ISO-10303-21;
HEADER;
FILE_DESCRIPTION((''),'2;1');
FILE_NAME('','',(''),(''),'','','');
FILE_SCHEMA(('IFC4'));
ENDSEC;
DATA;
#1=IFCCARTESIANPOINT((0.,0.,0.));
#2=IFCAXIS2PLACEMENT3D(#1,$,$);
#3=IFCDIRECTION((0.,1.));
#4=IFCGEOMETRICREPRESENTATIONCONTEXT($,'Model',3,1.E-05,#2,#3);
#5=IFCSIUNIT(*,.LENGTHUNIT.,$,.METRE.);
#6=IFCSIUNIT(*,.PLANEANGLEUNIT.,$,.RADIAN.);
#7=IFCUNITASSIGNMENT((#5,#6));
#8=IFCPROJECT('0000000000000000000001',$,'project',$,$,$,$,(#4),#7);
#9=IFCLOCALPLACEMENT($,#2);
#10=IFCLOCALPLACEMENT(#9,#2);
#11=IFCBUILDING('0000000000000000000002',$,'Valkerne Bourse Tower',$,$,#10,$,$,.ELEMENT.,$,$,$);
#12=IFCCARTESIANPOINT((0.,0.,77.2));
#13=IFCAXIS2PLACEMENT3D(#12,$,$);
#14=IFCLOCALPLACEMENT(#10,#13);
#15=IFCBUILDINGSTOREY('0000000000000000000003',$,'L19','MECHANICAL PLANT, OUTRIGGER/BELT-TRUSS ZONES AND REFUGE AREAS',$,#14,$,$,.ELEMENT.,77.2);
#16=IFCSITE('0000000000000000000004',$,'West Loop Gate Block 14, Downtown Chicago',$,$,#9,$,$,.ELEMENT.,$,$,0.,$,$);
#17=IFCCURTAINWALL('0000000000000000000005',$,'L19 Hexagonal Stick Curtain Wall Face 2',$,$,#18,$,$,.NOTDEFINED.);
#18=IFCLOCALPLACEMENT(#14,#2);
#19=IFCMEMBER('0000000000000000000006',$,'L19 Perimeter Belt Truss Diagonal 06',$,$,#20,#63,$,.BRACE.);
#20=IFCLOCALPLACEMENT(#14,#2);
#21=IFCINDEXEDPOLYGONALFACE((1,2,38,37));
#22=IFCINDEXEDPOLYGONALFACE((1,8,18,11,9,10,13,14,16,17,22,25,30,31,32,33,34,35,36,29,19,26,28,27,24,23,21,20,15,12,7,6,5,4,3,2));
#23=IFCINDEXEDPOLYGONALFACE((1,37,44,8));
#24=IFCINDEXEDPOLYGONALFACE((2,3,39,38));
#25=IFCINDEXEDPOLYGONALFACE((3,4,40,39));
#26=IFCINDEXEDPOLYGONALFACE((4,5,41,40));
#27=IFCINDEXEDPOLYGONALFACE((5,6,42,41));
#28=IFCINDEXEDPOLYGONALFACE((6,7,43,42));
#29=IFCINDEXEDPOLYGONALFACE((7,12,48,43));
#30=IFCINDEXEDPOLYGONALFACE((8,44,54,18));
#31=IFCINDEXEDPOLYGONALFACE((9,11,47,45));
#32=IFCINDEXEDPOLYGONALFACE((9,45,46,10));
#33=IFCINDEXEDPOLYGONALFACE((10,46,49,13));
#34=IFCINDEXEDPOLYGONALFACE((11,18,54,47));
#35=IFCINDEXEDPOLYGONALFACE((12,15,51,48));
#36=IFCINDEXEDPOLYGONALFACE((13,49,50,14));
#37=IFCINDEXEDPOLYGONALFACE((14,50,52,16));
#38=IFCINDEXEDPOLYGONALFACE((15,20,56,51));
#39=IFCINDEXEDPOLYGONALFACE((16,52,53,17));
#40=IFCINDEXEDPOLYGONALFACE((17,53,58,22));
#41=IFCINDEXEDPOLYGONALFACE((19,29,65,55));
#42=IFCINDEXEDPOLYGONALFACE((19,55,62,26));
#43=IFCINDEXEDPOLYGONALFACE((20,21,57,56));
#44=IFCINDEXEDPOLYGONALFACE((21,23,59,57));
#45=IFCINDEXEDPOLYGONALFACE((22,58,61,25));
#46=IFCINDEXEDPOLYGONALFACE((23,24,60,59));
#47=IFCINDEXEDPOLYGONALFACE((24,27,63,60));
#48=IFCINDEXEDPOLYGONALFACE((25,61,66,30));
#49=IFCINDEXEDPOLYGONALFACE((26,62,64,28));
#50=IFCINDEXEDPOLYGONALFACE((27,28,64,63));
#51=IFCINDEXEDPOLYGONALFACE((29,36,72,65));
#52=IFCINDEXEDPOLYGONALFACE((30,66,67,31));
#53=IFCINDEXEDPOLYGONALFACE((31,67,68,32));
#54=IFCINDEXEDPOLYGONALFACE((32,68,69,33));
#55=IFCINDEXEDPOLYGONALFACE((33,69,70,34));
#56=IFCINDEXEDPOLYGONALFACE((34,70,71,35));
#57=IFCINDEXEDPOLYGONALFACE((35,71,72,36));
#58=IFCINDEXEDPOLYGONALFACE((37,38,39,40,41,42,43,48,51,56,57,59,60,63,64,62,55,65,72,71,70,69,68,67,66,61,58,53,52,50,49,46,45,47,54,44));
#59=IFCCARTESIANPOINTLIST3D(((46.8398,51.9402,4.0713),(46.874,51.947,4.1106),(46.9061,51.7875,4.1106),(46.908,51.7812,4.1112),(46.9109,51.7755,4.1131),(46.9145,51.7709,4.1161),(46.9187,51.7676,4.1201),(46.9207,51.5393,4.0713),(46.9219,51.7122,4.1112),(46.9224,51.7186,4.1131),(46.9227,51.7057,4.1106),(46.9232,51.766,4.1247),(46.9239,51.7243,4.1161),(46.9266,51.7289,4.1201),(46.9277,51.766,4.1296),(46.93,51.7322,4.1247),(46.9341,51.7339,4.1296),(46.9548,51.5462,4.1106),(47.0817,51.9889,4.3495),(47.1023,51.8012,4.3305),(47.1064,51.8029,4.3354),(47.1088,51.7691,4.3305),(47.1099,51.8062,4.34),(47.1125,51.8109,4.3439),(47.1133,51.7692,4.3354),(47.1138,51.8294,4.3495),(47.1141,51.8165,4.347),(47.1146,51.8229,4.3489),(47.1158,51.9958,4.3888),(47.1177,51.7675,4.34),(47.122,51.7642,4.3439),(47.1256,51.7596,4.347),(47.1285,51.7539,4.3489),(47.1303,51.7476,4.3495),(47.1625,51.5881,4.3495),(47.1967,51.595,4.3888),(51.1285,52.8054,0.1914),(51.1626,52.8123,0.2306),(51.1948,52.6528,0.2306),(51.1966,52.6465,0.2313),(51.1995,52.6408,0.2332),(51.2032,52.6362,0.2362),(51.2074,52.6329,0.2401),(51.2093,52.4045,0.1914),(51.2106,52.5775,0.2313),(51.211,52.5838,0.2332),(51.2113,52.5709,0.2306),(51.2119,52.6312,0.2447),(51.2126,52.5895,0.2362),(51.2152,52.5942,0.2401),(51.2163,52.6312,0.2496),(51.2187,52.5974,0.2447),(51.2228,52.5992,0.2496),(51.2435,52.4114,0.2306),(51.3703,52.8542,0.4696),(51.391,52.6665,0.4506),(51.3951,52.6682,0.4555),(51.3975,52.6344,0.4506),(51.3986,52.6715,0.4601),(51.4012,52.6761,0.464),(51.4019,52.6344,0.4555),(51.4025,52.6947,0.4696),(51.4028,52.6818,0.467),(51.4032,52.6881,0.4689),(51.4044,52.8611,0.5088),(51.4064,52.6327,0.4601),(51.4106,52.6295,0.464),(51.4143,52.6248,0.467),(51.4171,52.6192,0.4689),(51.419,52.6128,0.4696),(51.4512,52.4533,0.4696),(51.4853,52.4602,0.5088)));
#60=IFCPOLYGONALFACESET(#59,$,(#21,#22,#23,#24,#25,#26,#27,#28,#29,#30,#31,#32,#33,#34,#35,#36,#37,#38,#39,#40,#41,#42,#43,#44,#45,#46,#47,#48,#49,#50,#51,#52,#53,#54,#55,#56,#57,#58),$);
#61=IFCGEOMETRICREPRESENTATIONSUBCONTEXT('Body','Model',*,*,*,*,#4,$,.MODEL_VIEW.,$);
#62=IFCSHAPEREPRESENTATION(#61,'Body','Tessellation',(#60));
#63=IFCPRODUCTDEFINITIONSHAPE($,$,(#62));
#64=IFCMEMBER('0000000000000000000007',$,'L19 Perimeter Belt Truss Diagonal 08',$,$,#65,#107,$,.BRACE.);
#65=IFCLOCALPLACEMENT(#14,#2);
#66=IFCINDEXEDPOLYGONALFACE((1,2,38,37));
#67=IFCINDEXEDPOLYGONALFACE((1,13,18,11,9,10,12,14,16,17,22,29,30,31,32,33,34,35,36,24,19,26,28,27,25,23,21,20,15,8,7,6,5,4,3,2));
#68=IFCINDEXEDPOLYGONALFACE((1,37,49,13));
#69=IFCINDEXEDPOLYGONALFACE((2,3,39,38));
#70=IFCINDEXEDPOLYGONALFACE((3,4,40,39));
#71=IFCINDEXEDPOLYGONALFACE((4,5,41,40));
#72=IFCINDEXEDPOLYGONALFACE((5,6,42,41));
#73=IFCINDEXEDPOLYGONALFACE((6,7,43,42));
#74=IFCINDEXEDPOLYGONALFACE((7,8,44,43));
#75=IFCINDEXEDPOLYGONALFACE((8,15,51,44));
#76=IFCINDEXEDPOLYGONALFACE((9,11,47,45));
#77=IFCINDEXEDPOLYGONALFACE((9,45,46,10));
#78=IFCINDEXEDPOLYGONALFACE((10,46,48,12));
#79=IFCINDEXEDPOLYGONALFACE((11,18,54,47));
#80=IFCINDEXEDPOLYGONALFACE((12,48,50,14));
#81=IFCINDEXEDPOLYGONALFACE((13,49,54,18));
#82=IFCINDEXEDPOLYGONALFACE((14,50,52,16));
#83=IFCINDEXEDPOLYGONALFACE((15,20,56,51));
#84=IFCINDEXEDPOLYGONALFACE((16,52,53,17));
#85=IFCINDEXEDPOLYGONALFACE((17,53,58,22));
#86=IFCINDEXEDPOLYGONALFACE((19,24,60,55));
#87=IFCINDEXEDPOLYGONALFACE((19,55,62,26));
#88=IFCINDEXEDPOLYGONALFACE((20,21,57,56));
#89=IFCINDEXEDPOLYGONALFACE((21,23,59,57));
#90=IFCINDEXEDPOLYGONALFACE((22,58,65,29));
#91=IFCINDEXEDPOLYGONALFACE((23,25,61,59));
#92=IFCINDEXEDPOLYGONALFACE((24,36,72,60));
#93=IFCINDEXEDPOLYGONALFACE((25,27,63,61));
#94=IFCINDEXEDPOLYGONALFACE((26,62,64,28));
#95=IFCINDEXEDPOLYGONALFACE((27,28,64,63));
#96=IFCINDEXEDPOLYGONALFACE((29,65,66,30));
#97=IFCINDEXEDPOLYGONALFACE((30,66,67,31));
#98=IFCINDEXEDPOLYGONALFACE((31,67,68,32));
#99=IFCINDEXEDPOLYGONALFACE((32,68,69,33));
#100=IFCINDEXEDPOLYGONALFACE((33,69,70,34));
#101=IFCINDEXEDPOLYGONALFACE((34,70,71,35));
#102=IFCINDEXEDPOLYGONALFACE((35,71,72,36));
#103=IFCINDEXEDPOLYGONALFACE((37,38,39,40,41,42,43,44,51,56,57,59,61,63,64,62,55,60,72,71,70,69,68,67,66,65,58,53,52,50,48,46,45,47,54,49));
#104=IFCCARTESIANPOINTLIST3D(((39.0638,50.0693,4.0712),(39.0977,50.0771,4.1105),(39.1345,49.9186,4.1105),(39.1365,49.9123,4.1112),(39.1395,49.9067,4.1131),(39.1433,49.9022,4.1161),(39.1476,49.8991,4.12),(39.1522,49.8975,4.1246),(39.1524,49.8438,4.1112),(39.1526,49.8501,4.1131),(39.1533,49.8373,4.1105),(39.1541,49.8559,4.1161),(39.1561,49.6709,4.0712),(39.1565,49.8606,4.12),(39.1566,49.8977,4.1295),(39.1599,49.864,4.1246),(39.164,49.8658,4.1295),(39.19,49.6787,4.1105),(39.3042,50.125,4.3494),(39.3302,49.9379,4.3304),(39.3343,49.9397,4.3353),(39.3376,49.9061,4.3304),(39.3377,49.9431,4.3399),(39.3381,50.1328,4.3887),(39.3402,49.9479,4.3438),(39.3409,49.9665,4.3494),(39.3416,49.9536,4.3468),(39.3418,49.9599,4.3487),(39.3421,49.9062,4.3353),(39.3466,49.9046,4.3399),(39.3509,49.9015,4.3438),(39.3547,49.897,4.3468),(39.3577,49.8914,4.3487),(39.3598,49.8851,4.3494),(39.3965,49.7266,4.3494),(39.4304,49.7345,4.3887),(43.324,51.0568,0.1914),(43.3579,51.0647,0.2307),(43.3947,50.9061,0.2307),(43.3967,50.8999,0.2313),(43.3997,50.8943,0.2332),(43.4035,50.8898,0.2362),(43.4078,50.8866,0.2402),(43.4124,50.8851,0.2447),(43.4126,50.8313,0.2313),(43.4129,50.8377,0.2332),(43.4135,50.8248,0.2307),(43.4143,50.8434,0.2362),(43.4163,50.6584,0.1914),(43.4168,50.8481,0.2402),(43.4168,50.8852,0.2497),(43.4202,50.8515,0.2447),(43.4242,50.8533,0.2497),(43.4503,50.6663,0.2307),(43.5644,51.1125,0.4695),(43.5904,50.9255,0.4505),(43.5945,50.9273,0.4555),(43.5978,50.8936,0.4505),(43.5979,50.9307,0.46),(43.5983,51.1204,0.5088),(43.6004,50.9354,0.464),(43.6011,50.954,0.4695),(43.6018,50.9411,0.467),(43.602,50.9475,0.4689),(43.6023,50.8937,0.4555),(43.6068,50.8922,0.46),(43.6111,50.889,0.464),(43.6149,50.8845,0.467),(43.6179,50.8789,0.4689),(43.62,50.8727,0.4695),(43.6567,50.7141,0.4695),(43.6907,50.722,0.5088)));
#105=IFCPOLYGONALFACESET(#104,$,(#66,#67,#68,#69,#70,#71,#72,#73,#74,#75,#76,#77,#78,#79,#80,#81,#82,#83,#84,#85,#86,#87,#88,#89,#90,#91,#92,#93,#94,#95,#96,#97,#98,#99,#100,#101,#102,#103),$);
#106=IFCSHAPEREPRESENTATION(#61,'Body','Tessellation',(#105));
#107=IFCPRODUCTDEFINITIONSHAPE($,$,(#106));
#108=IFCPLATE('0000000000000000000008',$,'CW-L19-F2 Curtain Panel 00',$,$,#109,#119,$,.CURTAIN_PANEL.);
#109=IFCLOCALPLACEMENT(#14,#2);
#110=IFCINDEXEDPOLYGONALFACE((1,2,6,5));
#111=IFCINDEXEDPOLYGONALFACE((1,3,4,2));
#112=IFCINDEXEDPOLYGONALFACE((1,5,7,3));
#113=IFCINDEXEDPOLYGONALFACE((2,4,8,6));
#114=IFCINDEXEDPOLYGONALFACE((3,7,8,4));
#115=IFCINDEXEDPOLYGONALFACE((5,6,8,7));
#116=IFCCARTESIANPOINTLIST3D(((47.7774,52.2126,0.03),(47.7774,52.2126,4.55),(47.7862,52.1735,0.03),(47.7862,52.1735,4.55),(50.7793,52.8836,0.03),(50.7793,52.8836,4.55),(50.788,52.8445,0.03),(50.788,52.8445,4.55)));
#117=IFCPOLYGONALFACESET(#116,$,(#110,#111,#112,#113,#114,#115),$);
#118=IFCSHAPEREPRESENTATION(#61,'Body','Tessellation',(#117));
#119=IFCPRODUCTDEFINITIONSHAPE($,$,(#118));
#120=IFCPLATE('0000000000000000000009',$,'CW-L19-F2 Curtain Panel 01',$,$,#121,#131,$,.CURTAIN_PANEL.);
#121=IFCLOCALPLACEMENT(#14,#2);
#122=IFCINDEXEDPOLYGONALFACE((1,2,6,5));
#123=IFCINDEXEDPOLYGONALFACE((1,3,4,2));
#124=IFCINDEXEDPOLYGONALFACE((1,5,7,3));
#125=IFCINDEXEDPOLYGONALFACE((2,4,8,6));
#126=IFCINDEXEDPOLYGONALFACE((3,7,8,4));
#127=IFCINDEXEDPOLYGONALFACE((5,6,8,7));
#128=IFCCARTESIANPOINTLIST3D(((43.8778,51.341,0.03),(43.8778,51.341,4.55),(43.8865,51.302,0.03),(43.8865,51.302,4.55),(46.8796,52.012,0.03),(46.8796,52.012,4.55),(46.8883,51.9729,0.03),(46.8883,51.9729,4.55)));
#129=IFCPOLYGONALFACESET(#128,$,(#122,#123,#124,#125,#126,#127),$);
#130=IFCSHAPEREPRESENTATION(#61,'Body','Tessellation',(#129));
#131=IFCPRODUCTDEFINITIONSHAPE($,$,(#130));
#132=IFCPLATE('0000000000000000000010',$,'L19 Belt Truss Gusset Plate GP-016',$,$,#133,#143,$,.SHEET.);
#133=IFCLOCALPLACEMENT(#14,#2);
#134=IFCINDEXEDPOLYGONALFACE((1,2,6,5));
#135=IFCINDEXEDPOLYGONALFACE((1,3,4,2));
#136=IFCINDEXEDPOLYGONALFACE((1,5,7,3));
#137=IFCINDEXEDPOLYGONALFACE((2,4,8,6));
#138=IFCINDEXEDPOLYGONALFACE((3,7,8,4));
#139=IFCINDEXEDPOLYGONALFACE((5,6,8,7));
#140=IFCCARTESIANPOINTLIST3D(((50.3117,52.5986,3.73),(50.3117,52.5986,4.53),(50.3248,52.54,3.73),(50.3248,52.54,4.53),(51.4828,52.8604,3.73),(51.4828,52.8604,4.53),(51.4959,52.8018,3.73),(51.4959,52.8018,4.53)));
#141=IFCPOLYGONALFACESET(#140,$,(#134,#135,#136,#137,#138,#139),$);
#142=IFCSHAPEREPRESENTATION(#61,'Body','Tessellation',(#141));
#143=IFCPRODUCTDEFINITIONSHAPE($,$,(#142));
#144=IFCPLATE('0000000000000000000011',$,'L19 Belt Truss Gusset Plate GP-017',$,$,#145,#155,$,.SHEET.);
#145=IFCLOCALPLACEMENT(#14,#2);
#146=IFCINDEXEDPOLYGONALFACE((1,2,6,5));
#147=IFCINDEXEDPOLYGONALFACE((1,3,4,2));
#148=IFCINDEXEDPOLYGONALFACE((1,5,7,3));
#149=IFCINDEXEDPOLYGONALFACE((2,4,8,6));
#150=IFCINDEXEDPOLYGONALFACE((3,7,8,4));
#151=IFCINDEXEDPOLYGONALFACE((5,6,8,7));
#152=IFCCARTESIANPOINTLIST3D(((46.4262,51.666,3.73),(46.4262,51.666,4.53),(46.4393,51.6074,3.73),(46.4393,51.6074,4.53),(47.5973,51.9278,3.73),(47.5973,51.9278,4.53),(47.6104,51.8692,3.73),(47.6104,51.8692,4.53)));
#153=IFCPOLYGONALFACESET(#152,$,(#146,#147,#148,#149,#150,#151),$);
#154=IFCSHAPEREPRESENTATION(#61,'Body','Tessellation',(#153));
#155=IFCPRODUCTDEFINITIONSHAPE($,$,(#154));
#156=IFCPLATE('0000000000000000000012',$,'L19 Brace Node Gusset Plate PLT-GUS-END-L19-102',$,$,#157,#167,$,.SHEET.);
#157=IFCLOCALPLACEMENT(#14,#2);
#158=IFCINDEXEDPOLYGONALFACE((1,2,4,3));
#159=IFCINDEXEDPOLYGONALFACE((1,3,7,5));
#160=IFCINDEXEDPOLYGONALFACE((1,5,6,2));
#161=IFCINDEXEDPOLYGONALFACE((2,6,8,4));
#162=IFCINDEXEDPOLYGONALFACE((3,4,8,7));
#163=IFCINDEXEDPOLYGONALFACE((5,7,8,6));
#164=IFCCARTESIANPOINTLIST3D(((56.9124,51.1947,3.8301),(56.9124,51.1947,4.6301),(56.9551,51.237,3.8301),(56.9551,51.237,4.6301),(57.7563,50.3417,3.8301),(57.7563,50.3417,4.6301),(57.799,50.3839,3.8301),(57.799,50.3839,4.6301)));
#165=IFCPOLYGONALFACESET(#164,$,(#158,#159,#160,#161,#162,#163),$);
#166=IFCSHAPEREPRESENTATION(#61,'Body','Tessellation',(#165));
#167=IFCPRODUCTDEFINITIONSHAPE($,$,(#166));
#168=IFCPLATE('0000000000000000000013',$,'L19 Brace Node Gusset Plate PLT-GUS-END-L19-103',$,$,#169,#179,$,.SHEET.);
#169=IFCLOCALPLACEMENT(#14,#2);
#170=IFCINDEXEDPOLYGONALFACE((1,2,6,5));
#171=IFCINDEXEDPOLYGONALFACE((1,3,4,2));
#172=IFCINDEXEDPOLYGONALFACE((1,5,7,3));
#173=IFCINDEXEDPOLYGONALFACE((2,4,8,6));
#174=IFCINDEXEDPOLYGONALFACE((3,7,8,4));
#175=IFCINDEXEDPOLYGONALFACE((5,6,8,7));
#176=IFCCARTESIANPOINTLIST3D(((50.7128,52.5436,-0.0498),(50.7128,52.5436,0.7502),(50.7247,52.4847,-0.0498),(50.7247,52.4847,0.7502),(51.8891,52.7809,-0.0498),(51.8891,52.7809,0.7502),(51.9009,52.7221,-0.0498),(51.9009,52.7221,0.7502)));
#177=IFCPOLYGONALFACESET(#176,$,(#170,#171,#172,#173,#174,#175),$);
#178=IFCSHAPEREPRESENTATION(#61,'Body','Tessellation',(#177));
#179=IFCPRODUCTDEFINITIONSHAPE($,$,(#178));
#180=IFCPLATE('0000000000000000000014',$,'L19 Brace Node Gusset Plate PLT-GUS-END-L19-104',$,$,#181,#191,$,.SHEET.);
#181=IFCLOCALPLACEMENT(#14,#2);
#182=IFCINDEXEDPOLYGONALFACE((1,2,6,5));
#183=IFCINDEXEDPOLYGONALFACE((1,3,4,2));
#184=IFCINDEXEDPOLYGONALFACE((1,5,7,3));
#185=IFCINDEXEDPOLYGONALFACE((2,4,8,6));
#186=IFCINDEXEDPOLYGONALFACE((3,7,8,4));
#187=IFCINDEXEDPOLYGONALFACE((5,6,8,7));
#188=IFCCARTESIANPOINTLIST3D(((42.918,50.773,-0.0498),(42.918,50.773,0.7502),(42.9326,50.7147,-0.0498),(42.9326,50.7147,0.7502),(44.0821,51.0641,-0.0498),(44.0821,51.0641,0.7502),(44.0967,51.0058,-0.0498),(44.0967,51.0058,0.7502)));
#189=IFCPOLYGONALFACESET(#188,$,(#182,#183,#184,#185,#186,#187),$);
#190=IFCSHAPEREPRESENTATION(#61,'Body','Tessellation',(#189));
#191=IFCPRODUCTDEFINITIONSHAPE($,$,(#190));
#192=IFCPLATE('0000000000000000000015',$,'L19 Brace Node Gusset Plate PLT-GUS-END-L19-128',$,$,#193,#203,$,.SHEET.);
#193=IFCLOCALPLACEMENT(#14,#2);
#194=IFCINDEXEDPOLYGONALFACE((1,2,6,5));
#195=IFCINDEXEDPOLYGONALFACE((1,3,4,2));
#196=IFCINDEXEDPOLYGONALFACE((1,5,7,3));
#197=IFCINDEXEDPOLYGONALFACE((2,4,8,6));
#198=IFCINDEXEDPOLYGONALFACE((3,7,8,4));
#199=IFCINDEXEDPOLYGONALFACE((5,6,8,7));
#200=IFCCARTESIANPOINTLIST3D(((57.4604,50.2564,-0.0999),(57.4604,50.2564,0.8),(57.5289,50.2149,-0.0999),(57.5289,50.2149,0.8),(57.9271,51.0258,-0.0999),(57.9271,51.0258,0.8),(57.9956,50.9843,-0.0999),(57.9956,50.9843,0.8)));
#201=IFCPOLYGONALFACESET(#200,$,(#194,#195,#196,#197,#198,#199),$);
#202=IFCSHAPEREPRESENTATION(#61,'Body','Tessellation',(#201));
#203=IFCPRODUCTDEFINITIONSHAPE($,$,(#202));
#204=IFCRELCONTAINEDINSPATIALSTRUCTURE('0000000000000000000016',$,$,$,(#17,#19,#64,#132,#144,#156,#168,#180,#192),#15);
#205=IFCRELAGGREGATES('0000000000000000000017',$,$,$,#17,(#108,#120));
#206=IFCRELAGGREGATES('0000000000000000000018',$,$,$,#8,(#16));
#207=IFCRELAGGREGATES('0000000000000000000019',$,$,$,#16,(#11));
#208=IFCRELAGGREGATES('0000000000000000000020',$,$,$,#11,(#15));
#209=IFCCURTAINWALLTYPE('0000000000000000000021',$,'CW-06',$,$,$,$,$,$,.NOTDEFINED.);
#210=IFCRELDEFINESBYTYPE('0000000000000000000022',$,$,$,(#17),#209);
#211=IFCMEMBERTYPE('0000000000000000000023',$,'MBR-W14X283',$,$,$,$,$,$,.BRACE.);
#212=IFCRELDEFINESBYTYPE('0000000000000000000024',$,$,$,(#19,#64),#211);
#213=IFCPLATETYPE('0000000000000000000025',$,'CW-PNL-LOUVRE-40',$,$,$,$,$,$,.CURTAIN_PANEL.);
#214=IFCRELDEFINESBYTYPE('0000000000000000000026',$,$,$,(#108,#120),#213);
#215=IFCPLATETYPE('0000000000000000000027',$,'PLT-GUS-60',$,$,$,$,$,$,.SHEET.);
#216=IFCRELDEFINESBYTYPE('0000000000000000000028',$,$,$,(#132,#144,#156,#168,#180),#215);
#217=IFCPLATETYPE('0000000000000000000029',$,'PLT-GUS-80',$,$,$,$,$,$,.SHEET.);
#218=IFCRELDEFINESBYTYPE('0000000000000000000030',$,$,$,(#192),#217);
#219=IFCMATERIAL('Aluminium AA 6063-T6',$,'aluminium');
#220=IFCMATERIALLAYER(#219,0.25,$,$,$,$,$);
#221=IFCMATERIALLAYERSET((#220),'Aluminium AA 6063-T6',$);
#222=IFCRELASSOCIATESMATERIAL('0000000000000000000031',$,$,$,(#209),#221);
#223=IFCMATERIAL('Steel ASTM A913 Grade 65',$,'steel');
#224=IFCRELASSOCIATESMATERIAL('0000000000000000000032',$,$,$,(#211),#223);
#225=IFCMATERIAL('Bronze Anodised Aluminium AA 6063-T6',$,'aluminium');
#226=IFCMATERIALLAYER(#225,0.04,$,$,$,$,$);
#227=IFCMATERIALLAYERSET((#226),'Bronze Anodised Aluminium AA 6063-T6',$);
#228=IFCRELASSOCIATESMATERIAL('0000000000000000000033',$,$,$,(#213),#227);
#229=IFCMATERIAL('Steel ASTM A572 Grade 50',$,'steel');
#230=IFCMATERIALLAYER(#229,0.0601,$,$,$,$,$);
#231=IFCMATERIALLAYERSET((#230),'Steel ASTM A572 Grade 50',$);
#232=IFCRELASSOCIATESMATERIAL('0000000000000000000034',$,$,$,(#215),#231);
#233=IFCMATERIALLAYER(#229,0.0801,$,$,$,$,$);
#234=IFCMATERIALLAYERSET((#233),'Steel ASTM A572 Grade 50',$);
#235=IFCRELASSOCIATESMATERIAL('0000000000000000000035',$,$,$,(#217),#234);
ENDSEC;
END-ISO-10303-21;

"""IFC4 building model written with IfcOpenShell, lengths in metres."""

from ifc_helpers import new_model, si_unit, direction, frame, origin, origin_2d, place, context, subcontext, project, spatial, rectangle, i_section, extrude, material, layer, layer_set, material_profile, profile_set, type_object, element, aggregate, save


model = new_model("IFC4")

# Units and contexts
model_context = context("Model", 3, precision=1e-05, world=origin(), true_north=direction((0.0, 1.0)))
body_context = subcontext(model_context, "Body", "Model", "MODEL_VIEW")
ifc_project = project(units=[si_unit("LENGTHUNIT", "METRE"), si_unit("PLANEANGLEUNIT", "RADIAN")], contexts=[model_context])

# Site, building, storey
site_placement = place(None, origin())
site = spatial("IfcSite", under=ifc_project, at=site_placement, Name="West Loop Gate Block 14, Downtown Chicago", CompositionType="ELEMENT", RefElevation=0.0)
building_placement = place(site_placement, origin())
building = spatial("IfcBuilding", under=site, at=building_placement, Name="Valkerne Bourse Tower", CompositionType="ELEMENT")
storey_placement = place(building_placement, frame((0.0, 0.0, 77.2)))
storey = spatial("IfcBuildingStorey", under=building, at=storey_placement, Name="L19", Description="MECHANICAL PLANT, OUTRIGGER/BELT-TRUSS ZONES AND REFUGE AREAS", CompositionType="ELEMENT", Elevation=77.2)

# Shared definitions
ifc_material_1 = material(Name="Steel ASTM A913 Grade 65", Category="steel")

# Shared definitions
ifc_material_2 = material(Name="Aluminium AA 6063-T6", Category="aluminium")
ifc_layer_1 = layer(ifc_material_2, 0.25)
ifc_layer_set_1 = layer_set([ifc_layer_1], Name="Aluminium AA 6063-T6")
curtain_wall_type = type_object("IfcCurtainWallType", Name="CW-06", PredefinedType="NOTDEFINED", material=ifc_layer_set_1)

# Curtain wall
curtain_wall_1_placement = place(storey_placement, origin())
curtain_wall_1 = element("IfcCurtainWall", 1, at=curtain_wall_1_placement, inside=storey, type_object=curtain_wall_type, Name="L19 Hexagonal Stick Curtain Wall Face 2", PredefinedType="NOTDEFINED")

# Members
ifc_material_profile_1 = material_profile(ifc_material_1, i_section(OverallWidth=0.4089, OverallDepth=0.4243, WebThickness=0.0327, FlangeThickness=0.0525, FilletRadius=0.0254, at=origin_2d()), Name="W14X283")
ifc_profile_set_1 = profile_set([ifc_material_profile_1], Name="Steel ASTM A913 Grade 65")
member_type_1 = type_object("IfcMemberType", Name="MBR-W14X283", PredefinedType="BRACE", material=ifc_profile_set_1)
member_1_placement = place(storey_placement, frame((51.3069, 52.6328, 0.3501), z_axis=(-0.733395, -0.147965, 0.663504), x_axis=(0.197769, -0.980249, 0.0)))
element("IfcMember", 2, at=member_1_placement, inside=storey, type_object=member_type_1, Name="L19 Perimeter Belt Truss Diagonal 06", PredefinedType="BRACE", context=body_context, shape_type="SweptSolid", body=[
    extrude(i_section(OverallWidth=0.4089, OverallDepth=0.4243, WebThickness=0.0327, FlangeThickness=0.0525, FilletRadius=0.0254, at=origin_2d()), origin(), (0.0, 0.0, 1.0), 5.8477),
])
member_2_placement = place(storey_placement, frame((43.5073, 50.8894, 0.3501), z_axis=(-0.728717, -0.16892, 0.663655), x_axis=(0.225818, -0.97417, 0.0)))
element("IfcMember", 3, at=member_2_placement, inside=storey, type_object=member_type_1, Name="L19 Perimeter Belt Truss Diagonal 08", PredefinedType="BRACE", context=body_context, shape_type="SweptSolid", body=[
    extrude(i_section(OverallWidth=0.4089, OverallDepth=0.4243, WebThickness=0.0327, FlangeThickness=0.0525, FilletRadius=0.0254, at=origin_2d()), origin(), (0.0, 0.0, 1.0), 5.8462),
])

# Plates
ifc_material_3 = material(Name="Bronze Anodised Aluminium AA 6063-T6", Category="aluminium")
ifc_layer_2 = layer(ifc_material_3, 0.04)
ifc_layer_set_2 = layer_set([ifc_layer_2], Name="Bronze Anodised Aluminium AA 6063-T6")
plate_type_1 = type_object("IfcPlateType", Name="CW-PNL-LOUVRE-40", PredefinedType="CURTAIN_PANEL", material=ifc_layer_set_2)
plate_1_placement = place(storey_placement, frame((49.2827, 52.5286, 0.03), z_axis=(0.0, 0.0, 1.0), x_axis=(-0.975916, -0.218147, 0.0)))
plate_1 = element("IfcPlate", 4, at=plate_1_placement, type_object=plate_type_1, Name="CW-L19-F2 Curtain Panel 00", PredefinedType="CURTAIN_PANEL", context=body_context, shape_type="SweptSolid", body=[
    extrude(rectangle(XDim=3.0759, YDim=0.04, at=origin_2d()), origin(), (0.0, 0.0, 1.0), 4.52),
])
plate_2_placement = place(storey_placement, frame((45.3831, 51.657, 0.03), z_axis=(0.0, 0.0, 1.0), x_axis=(-0.975917, -0.218141, 0.0)))
plate_2 = element("IfcPlate", 5, at=plate_2_placement, type_object=plate_type_1, Name="CW-L19-F2 Curtain Panel 01", PredefinedType="CURTAIN_PANEL", context=body_context, shape_type="SweptSolid", body=[
    extrude(rectangle(XDim=3.0759, YDim=0.04, at=origin_2d()), origin(), (0.0, 0.0, 1.0), 4.52),
])
aggregate(curtain_wall_1, [plate_1, plate_2])

# Plates
ifc_material_4 = material(Name="Steel ASTM A572 Grade 50", Category="steel")
ifc_layer_3 = layer(ifc_material_4, 0.0601)
ifc_layer_set_3 = layer_set([ifc_layer_3], Name="Steel ASTM A572 Grade 50")
plate_type_2 = type_object("IfcPlateType", Name="PLT-GUS-60", PredefinedType="SHEET", material=ifc_layer_set_3)
for number, where, z_axis, x_axis, name in (
    (6, (50.9038, 52.7002, 3.73), (0.0, 0.0, 1.0), (-0.975917, -0.218143, 0.0), "L19 Belt Truss Gusset Plate GP-016"),
    (7, (47.0183, 51.7676, 3.73), (0.0, 0.0, 1.0), (-0.975917, -0.218143, 0.0), "L19 Belt Truss Gusset Plate GP-017"),
    (8, (57.3557, 50.7893, 3.8301), (0.0, 0.0, 1.0), (-0.703271, 0.710922, 0.0), "L19 Brace Node Gusset Plate PLT-GUS-END-L19-102"),
    (9, (51.3069, 52.6328, -0.0498), (0.0, 0.0, 1.0), (-0.980237, -0.197828, 0.0), "L19 Brace Node Gusset Plate PLT-GUS-END-L19-103"),
    (10, (43.5073, 50.8894, -0.0498), (0.0, 0.0, 1.0), (0.970127, 0.242599, 0.0), "L19 Brace Node Gusset Plate PLT-GUS-END-L19-104"),
):
    element("IfcPlate", number, at=place(storey_placement, frame(where, z_axis=z_axis, x_axis=x_axis)), inside=storey, type_object=plate_type_2, Name=name, PredefinedType="SHEET", context=body_context, shape_type="SweptSolid", body=[
        extrude(rectangle(XDim=1.2, YDim=0.0601, at=origin_2d()), origin(), (0.0, 0.0, 1.0), 0.8),
    ])
ifc_layer_4 = layer(ifc_material_4, 0.0801)
ifc_layer_set_4 = layer_set([ifc_layer_4], Name="Steel ASTM A572 Grade 50")
plate_type_3 = type_object("IfcPlateType", Name="PLT-GUS-80", PredefinedType="SHEET", material=ifc_layer_set_4)
for number, where, z_axis, x_axis, name in (
    (11, (57.728, 50.6204, -0.0999), (0.0, 0.0, 1.0), (-0.518624, -0.855002, 0.0), "L19 Brace Node Gusset Plate PLT-GUS-END-L19-128"),
):
    element("IfcPlate", number, at=place(storey_placement, frame(where, z_axis=z_axis, x_axis=x_axis)), inside=storey, type_object=plate_type_3, Name=name, PredefinedType="SHEET", context=body_context, shape_type="SweptSolid", body=[
        extrude(rectangle(XDim=0.8999, YDim=0.0801, at=origin_2d()), origin(), (0.0, 0.0, 1.0), 0.8999),
    ])

save(model, "model.ifc")
